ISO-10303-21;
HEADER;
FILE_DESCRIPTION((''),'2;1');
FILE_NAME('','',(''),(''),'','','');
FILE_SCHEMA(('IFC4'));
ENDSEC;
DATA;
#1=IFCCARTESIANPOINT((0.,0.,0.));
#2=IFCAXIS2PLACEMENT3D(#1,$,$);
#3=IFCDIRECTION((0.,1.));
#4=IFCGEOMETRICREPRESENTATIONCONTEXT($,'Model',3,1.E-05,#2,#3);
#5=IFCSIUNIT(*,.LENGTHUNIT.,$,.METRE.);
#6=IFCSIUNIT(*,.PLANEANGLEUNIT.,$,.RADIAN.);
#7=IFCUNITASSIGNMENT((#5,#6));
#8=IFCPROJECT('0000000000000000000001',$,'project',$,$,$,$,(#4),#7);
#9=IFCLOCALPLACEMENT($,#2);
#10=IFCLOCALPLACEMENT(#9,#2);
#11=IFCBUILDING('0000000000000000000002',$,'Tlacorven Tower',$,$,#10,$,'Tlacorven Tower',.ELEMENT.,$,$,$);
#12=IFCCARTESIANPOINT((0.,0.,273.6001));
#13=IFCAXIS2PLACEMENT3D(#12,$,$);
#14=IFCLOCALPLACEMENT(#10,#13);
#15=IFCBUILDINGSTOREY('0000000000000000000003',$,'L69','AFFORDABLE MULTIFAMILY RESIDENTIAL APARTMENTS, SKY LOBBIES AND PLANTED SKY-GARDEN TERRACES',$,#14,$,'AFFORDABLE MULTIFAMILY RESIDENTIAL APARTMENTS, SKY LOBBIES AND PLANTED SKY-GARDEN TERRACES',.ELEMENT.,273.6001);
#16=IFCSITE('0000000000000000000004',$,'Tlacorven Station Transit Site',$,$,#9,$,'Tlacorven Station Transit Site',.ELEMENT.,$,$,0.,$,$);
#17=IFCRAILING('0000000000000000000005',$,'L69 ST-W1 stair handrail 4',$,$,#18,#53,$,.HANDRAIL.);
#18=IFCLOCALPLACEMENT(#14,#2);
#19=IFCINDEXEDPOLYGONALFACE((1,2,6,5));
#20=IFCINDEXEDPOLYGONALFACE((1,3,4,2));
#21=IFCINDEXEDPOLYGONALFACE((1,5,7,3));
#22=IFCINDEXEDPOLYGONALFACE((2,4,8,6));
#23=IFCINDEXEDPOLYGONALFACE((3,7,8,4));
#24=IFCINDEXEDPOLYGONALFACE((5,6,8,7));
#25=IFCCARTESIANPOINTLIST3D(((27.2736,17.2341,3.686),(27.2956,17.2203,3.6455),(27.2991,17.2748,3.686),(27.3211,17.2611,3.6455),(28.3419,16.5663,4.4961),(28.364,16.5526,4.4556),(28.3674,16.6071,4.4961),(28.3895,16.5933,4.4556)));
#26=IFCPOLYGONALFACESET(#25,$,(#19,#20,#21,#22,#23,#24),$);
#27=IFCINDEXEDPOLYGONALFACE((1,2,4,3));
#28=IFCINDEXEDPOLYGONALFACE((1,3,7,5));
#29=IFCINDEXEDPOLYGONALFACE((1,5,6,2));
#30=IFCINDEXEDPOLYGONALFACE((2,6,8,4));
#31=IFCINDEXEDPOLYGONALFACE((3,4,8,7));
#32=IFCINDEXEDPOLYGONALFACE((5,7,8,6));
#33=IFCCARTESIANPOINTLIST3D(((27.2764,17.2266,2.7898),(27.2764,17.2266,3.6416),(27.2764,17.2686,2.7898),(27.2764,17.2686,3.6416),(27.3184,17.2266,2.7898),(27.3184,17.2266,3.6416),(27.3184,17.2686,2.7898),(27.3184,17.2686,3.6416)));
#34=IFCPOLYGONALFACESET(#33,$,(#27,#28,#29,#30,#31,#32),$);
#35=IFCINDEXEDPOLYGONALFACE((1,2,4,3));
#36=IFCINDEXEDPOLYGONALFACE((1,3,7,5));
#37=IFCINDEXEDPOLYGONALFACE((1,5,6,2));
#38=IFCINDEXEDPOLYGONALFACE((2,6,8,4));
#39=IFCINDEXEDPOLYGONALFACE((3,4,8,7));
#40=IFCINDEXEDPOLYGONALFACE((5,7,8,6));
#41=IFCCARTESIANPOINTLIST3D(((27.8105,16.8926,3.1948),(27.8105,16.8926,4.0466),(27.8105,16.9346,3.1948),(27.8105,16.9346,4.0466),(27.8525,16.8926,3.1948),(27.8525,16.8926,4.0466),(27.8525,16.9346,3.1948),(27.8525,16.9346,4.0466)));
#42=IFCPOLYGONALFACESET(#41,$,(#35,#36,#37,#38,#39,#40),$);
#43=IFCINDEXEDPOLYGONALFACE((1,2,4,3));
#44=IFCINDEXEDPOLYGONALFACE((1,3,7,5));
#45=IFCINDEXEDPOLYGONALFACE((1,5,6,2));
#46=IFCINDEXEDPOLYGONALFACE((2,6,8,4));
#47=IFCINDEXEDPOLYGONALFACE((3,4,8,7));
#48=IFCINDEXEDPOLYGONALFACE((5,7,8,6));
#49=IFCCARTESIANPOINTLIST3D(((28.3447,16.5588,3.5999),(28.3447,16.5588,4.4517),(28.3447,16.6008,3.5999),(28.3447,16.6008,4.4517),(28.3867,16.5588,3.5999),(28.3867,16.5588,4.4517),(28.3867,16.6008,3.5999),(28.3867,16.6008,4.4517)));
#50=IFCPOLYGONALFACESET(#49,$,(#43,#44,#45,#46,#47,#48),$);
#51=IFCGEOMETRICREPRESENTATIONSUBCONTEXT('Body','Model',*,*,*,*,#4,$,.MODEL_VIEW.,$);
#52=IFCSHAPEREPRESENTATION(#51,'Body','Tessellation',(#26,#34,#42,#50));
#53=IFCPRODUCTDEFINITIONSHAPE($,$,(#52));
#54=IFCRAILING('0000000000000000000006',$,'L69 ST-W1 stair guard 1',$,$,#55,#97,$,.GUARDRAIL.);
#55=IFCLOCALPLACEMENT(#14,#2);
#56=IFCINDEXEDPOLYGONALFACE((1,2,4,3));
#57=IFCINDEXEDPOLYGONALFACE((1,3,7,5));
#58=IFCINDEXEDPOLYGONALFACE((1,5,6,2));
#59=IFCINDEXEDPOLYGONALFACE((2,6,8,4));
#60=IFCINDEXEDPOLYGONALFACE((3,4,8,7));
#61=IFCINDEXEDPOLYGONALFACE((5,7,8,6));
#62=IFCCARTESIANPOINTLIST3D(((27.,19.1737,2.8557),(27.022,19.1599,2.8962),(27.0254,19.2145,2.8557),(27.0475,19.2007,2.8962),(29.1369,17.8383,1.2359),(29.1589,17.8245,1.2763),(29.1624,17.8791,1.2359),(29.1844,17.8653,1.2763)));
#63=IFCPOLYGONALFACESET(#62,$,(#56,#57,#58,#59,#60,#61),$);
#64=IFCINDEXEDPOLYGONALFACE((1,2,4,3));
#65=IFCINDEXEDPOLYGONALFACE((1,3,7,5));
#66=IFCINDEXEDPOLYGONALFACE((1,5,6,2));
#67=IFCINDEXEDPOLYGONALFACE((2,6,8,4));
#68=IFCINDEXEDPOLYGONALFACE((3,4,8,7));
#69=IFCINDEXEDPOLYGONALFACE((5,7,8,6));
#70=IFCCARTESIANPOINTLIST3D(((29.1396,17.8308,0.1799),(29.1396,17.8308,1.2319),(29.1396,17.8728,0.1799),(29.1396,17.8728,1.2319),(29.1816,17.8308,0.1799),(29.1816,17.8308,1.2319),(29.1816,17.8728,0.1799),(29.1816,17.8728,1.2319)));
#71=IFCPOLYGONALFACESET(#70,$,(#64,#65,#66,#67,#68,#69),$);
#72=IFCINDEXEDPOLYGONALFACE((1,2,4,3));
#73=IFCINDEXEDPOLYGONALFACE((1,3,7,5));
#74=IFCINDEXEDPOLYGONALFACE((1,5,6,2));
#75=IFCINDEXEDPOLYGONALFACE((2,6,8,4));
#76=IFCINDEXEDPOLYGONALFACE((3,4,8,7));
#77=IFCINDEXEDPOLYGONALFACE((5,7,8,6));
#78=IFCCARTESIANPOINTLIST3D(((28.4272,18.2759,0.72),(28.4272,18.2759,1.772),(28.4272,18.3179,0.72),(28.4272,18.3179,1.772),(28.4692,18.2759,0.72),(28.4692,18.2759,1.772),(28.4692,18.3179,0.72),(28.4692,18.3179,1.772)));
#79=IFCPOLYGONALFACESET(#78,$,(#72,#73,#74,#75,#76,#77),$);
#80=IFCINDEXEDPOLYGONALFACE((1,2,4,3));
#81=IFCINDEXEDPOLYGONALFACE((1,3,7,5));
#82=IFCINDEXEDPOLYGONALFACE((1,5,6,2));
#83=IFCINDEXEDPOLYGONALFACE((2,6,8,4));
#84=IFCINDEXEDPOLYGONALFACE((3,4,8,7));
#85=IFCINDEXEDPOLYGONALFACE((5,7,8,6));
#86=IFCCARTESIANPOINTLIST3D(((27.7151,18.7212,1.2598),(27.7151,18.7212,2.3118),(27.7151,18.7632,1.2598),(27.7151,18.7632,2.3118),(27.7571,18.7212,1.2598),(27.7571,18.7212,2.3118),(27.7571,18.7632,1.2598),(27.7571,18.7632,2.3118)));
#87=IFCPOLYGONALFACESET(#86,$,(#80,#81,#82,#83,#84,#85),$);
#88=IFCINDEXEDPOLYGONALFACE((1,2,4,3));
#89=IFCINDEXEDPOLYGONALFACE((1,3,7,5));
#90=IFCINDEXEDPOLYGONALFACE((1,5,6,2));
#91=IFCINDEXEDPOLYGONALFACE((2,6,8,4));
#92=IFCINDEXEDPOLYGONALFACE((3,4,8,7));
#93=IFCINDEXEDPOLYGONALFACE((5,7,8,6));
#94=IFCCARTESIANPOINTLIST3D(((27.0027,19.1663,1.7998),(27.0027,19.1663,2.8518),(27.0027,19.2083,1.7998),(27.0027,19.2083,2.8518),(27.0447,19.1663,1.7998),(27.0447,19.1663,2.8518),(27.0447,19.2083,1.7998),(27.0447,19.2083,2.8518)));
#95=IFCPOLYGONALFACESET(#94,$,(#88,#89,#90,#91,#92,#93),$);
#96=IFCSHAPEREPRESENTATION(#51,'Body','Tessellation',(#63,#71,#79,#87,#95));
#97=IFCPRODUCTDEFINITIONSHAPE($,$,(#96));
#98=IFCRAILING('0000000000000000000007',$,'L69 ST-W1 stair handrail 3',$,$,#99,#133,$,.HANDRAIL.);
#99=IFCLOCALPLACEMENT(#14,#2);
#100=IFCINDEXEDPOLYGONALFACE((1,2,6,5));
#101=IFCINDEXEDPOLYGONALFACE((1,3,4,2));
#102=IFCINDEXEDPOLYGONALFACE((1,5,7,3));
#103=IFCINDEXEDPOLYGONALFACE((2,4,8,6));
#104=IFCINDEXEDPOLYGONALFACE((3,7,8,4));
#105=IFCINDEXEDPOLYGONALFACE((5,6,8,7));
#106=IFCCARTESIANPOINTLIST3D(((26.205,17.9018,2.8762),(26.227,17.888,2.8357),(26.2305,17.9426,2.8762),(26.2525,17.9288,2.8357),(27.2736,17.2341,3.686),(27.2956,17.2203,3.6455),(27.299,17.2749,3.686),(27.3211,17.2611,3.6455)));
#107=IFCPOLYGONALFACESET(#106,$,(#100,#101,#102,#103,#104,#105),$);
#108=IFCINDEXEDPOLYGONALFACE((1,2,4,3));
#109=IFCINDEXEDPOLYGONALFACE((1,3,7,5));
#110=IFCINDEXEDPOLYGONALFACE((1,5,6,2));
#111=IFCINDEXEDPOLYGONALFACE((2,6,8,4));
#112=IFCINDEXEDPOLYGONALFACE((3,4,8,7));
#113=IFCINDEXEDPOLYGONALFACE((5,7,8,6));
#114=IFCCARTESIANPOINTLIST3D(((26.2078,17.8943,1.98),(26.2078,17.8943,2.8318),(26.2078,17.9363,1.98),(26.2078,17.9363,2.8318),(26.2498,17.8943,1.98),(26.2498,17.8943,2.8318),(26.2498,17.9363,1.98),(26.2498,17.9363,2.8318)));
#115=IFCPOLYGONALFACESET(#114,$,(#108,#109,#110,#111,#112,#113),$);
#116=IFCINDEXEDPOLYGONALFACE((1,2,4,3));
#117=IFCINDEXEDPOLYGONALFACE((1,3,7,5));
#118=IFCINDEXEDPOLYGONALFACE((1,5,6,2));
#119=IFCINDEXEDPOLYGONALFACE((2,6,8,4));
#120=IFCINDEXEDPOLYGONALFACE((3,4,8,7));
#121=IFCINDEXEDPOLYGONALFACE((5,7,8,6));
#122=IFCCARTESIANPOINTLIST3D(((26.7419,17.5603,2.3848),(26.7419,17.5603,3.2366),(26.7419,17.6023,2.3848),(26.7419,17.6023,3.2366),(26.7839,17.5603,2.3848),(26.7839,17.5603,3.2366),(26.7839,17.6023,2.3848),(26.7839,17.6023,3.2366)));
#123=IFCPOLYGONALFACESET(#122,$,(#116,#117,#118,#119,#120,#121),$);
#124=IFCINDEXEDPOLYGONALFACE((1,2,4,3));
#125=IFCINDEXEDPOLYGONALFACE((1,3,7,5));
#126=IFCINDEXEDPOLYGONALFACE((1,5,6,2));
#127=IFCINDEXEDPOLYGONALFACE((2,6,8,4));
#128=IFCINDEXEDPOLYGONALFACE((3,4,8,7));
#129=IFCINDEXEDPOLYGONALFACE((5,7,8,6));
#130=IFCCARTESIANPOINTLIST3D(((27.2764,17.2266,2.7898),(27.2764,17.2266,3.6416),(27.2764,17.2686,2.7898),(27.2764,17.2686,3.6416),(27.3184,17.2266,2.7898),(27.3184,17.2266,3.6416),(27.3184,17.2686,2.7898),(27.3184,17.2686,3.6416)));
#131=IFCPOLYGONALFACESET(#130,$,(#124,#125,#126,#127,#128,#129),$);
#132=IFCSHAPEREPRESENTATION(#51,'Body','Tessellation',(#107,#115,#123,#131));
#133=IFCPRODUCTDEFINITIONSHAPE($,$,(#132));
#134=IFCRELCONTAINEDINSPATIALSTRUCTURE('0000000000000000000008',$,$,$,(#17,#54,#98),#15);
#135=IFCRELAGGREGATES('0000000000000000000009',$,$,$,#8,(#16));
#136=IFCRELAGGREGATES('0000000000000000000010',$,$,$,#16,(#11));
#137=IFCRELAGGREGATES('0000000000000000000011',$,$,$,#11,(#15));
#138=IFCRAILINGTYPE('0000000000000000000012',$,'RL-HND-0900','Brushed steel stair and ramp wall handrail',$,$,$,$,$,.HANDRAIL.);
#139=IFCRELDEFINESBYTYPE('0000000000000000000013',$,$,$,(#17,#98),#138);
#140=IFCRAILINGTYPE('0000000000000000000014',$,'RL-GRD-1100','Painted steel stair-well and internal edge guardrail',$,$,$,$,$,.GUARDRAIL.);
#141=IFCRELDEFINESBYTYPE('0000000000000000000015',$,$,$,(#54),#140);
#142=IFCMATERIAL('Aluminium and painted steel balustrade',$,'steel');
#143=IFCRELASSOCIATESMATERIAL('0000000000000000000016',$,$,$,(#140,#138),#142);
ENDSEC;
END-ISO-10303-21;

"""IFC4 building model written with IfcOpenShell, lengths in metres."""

from ifc_helpers import new_model, si_unit, direction, frame, origin, origin_2d, place, context, subcontext, project, spatial, rectangle, extrude, source, transform, mapped, material, type_object, element, save


model = new_model("IFC4")

# Units and contexts
model_context = context("Model", 3, precision=1e-05, world=origin(), true_north=direction((0.0, 1.0)))
body_context = subcontext(model_context, "Body", "Model", "MODEL_VIEW")
ifc_project = project(units=[si_unit("LENGTHUNIT", "METRE"), si_unit("PLANEANGLEUNIT", "RADIAN")], contexts=[model_context])

# Site, building, storey
site_placement = place(None, origin())
site = spatial("IfcSite", under=ifc_project, at=site_placement, Name="Tlacorven Station Transit Site", LongName="Tlacorven Station Transit Site", CompositionType="ELEMENT", RefElevation=0.0)
building_placement = place(site_placement, origin())
building = spatial("IfcBuilding", under=site, at=building_placement, Name="Tlacorven Tower", LongName="Tlacorven Tower", CompositionType="ELEMENT")
storey_placement = place(building_placement, frame((0.0, 0.0, 273.6001)))
storey = spatial("IfcBuildingStorey", under=building, at=storey_placement, Name="L69", Description="AFFORDABLE MULTIFAMILY RESIDENTIAL APARTMENTS, SKY LOBBIES AND PLANTED SKY-GARDEN TERRACES", LongName="AFFORDABLE MULTIFAMILY RESIDENTIAL APARTMENTS, SKY LOBBIES AND PLANTED SKY-GARDEN TERRACES", CompositionType="ELEMENT", Elevation=273.6001)

# Railings
ifc_material_1 = material(Name="Aluminium and painted steel balustrade", Category="steel")
railing_type_1 = type_object("IfcRailingType", Name="RL-GRD-1100", Description="Painted steel stair-well and internal edge guardrail", PredefinedType="GUARDRAIL", material=ifc_material_1)
railing_type_2 = type_object("IfcRailingType", Name="RL-HND-0900", Description="Brushed steel stair and ramp wall handrail", PredefinedType="HANDRAIL", material=ifc_material_1)
shared_shape_1 = source(origin(), body_context, "Body", "SweptSolid", [
    extrude(rectangle(XDim=0.0481, YDim=0.0481, at=origin_2d()), frame((0.0, 0.0, 0.876), z_axis=(0.71328, -0.4458, 0.540828), x_axis=(0.529999, 0.847998, 0.0)), (0.0, 0.0, 1.0), 1.4978),
    extrude(rectangle(XDim=0.042, YDim=0.042, at=origin_2d()), origin(), (0.0, 0.0, 1.0), 0.8518),
    extrude(rectangle(XDim=0.042, YDim=0.042, at=origin_2d()), frame((0.5342, -0.334, 0.405)), (0.0, 0.0, 1.0), 0.8518),
    extrude(rectangle(XDim=0.042, YDim=0.042, at=origin_2d()), frame((1.0684, -0.6677, 0.8101)), (0.0, 0.0, 1.0), 0.8518),
])
railing_1_placement = place(storey_placement, frame((27.2974, 17.2476, 2.7898)))
element("IfcRailing", 1, at=railing_1_placement, inside=storey, type_object=railing_type_2, Name="L69 ST-W1 stair handrail 4", PredefinedType="HANDRAIL", context=body_context, shape_type="MappedRepresentation", body=[
    mapped(shared_shape_1, transform((0.0, 0.0, 0.0), scale=1.0)),
])
shared_shape_2 = source(origin(), body_context, "Body", "SweptSolid", [
    extrude(rectangle(XDim=0.0481, YDim=0.0481, at=origin_2d()), frame((0.0, 0.0, 1.0762), z_axis=(-0.713351, 0.445794, 0.540739), x_axis=(-0.529955, -0.848026, 0.0)), (0.0, 0.0, 1.0), 2.9956),
    extrude(rectangle(XDim=0.042, YDim=0.042, at=origin_2d()), origin(), (0.0, 0.0, 1.0), 1.052),
    extrude(rectangle(XDim=0.042, YDim=0.042, at=origin_2d()), frame((-0.7124, 0.4451, 0.54)), (0.0, 0.0, 1.0), 1.052),
    extrude(rectangle(XDim=0.042, YDim=0.042, at=origin_2d()), frame((-1.4246, 0.8904, 1.0798)), (0.0, 0.0, 1.0), 1.052),
    extrude(rectangle(XDim=0.042, YDim=0.042, at=origin_2d()), frame((-2.137, 1.3354, 1.6199)), (0.0, 0.0, 1.0), 1.052),
])
railing_2_placement = place(storey_placement, frame((29.1606, 17.8518, 0.1799)))
element("IfcRailing", 2, at=railing_2_placement, inside=storey, type_object=railing_type_1, Name="L69 ST-W1 stair guard 1", PredefinedType="GUARDRAIL", context=body_context, shape_type="MappedRepresentation", body=[
    mapped(shared_shape_2, transform((0.0, 0.0, 0.0), scale=1.0)),
])
shared_shape_3 = source(origin(), body_context, "Body", "SweptSolid", [
    extrude(rectangle(XDim=0.0481, YDim=0.0481, at=origin_2d()), frame((0.0, 0.0, 0.876), z_axis=(0.713423, -0.445787, 0.540649), x_axis=(0.529912, 0.848053, 0.0)), (0.0, 0.0, 1.0), 1.4978),
    extrude(rectangle(XDim=0.042, YDim=0.042, at=origin_2d()), origin(), (0.0, 0.0, 1.0), 0.8518),
    extrude(rectangle(XDim=0.042, YDim=0.042, at=origin_2d()), frame((0.5342, -0.334, 0.4048)), (0.0, 0.0, 1.0), 0.8518),
    extrude(rectangle(XDim=0.042, YDim=0.042, at=origin_2d()), frame((1.0686, -0.6677, 0.8098)), (0.0, 0.0, 1.0), 0.8518),
])
railing_3_placement = place(storey_placement, frame((26.2288, 17.9153, 1.98)))
element("IfcRailing", 3, at=railing_3_placement, inside=storey, type_object=railing_type_2, Name="L69 ST-W1 stair handrail 3", PredefinedType="HANDRAIL", context=body_context, shape_type="MappedRepresentation", body=[
    mapped(shared_shape_3, transform((0.0, 0.0, 0.0), scale=1.0)),
])

save(model, "model.ifc")
